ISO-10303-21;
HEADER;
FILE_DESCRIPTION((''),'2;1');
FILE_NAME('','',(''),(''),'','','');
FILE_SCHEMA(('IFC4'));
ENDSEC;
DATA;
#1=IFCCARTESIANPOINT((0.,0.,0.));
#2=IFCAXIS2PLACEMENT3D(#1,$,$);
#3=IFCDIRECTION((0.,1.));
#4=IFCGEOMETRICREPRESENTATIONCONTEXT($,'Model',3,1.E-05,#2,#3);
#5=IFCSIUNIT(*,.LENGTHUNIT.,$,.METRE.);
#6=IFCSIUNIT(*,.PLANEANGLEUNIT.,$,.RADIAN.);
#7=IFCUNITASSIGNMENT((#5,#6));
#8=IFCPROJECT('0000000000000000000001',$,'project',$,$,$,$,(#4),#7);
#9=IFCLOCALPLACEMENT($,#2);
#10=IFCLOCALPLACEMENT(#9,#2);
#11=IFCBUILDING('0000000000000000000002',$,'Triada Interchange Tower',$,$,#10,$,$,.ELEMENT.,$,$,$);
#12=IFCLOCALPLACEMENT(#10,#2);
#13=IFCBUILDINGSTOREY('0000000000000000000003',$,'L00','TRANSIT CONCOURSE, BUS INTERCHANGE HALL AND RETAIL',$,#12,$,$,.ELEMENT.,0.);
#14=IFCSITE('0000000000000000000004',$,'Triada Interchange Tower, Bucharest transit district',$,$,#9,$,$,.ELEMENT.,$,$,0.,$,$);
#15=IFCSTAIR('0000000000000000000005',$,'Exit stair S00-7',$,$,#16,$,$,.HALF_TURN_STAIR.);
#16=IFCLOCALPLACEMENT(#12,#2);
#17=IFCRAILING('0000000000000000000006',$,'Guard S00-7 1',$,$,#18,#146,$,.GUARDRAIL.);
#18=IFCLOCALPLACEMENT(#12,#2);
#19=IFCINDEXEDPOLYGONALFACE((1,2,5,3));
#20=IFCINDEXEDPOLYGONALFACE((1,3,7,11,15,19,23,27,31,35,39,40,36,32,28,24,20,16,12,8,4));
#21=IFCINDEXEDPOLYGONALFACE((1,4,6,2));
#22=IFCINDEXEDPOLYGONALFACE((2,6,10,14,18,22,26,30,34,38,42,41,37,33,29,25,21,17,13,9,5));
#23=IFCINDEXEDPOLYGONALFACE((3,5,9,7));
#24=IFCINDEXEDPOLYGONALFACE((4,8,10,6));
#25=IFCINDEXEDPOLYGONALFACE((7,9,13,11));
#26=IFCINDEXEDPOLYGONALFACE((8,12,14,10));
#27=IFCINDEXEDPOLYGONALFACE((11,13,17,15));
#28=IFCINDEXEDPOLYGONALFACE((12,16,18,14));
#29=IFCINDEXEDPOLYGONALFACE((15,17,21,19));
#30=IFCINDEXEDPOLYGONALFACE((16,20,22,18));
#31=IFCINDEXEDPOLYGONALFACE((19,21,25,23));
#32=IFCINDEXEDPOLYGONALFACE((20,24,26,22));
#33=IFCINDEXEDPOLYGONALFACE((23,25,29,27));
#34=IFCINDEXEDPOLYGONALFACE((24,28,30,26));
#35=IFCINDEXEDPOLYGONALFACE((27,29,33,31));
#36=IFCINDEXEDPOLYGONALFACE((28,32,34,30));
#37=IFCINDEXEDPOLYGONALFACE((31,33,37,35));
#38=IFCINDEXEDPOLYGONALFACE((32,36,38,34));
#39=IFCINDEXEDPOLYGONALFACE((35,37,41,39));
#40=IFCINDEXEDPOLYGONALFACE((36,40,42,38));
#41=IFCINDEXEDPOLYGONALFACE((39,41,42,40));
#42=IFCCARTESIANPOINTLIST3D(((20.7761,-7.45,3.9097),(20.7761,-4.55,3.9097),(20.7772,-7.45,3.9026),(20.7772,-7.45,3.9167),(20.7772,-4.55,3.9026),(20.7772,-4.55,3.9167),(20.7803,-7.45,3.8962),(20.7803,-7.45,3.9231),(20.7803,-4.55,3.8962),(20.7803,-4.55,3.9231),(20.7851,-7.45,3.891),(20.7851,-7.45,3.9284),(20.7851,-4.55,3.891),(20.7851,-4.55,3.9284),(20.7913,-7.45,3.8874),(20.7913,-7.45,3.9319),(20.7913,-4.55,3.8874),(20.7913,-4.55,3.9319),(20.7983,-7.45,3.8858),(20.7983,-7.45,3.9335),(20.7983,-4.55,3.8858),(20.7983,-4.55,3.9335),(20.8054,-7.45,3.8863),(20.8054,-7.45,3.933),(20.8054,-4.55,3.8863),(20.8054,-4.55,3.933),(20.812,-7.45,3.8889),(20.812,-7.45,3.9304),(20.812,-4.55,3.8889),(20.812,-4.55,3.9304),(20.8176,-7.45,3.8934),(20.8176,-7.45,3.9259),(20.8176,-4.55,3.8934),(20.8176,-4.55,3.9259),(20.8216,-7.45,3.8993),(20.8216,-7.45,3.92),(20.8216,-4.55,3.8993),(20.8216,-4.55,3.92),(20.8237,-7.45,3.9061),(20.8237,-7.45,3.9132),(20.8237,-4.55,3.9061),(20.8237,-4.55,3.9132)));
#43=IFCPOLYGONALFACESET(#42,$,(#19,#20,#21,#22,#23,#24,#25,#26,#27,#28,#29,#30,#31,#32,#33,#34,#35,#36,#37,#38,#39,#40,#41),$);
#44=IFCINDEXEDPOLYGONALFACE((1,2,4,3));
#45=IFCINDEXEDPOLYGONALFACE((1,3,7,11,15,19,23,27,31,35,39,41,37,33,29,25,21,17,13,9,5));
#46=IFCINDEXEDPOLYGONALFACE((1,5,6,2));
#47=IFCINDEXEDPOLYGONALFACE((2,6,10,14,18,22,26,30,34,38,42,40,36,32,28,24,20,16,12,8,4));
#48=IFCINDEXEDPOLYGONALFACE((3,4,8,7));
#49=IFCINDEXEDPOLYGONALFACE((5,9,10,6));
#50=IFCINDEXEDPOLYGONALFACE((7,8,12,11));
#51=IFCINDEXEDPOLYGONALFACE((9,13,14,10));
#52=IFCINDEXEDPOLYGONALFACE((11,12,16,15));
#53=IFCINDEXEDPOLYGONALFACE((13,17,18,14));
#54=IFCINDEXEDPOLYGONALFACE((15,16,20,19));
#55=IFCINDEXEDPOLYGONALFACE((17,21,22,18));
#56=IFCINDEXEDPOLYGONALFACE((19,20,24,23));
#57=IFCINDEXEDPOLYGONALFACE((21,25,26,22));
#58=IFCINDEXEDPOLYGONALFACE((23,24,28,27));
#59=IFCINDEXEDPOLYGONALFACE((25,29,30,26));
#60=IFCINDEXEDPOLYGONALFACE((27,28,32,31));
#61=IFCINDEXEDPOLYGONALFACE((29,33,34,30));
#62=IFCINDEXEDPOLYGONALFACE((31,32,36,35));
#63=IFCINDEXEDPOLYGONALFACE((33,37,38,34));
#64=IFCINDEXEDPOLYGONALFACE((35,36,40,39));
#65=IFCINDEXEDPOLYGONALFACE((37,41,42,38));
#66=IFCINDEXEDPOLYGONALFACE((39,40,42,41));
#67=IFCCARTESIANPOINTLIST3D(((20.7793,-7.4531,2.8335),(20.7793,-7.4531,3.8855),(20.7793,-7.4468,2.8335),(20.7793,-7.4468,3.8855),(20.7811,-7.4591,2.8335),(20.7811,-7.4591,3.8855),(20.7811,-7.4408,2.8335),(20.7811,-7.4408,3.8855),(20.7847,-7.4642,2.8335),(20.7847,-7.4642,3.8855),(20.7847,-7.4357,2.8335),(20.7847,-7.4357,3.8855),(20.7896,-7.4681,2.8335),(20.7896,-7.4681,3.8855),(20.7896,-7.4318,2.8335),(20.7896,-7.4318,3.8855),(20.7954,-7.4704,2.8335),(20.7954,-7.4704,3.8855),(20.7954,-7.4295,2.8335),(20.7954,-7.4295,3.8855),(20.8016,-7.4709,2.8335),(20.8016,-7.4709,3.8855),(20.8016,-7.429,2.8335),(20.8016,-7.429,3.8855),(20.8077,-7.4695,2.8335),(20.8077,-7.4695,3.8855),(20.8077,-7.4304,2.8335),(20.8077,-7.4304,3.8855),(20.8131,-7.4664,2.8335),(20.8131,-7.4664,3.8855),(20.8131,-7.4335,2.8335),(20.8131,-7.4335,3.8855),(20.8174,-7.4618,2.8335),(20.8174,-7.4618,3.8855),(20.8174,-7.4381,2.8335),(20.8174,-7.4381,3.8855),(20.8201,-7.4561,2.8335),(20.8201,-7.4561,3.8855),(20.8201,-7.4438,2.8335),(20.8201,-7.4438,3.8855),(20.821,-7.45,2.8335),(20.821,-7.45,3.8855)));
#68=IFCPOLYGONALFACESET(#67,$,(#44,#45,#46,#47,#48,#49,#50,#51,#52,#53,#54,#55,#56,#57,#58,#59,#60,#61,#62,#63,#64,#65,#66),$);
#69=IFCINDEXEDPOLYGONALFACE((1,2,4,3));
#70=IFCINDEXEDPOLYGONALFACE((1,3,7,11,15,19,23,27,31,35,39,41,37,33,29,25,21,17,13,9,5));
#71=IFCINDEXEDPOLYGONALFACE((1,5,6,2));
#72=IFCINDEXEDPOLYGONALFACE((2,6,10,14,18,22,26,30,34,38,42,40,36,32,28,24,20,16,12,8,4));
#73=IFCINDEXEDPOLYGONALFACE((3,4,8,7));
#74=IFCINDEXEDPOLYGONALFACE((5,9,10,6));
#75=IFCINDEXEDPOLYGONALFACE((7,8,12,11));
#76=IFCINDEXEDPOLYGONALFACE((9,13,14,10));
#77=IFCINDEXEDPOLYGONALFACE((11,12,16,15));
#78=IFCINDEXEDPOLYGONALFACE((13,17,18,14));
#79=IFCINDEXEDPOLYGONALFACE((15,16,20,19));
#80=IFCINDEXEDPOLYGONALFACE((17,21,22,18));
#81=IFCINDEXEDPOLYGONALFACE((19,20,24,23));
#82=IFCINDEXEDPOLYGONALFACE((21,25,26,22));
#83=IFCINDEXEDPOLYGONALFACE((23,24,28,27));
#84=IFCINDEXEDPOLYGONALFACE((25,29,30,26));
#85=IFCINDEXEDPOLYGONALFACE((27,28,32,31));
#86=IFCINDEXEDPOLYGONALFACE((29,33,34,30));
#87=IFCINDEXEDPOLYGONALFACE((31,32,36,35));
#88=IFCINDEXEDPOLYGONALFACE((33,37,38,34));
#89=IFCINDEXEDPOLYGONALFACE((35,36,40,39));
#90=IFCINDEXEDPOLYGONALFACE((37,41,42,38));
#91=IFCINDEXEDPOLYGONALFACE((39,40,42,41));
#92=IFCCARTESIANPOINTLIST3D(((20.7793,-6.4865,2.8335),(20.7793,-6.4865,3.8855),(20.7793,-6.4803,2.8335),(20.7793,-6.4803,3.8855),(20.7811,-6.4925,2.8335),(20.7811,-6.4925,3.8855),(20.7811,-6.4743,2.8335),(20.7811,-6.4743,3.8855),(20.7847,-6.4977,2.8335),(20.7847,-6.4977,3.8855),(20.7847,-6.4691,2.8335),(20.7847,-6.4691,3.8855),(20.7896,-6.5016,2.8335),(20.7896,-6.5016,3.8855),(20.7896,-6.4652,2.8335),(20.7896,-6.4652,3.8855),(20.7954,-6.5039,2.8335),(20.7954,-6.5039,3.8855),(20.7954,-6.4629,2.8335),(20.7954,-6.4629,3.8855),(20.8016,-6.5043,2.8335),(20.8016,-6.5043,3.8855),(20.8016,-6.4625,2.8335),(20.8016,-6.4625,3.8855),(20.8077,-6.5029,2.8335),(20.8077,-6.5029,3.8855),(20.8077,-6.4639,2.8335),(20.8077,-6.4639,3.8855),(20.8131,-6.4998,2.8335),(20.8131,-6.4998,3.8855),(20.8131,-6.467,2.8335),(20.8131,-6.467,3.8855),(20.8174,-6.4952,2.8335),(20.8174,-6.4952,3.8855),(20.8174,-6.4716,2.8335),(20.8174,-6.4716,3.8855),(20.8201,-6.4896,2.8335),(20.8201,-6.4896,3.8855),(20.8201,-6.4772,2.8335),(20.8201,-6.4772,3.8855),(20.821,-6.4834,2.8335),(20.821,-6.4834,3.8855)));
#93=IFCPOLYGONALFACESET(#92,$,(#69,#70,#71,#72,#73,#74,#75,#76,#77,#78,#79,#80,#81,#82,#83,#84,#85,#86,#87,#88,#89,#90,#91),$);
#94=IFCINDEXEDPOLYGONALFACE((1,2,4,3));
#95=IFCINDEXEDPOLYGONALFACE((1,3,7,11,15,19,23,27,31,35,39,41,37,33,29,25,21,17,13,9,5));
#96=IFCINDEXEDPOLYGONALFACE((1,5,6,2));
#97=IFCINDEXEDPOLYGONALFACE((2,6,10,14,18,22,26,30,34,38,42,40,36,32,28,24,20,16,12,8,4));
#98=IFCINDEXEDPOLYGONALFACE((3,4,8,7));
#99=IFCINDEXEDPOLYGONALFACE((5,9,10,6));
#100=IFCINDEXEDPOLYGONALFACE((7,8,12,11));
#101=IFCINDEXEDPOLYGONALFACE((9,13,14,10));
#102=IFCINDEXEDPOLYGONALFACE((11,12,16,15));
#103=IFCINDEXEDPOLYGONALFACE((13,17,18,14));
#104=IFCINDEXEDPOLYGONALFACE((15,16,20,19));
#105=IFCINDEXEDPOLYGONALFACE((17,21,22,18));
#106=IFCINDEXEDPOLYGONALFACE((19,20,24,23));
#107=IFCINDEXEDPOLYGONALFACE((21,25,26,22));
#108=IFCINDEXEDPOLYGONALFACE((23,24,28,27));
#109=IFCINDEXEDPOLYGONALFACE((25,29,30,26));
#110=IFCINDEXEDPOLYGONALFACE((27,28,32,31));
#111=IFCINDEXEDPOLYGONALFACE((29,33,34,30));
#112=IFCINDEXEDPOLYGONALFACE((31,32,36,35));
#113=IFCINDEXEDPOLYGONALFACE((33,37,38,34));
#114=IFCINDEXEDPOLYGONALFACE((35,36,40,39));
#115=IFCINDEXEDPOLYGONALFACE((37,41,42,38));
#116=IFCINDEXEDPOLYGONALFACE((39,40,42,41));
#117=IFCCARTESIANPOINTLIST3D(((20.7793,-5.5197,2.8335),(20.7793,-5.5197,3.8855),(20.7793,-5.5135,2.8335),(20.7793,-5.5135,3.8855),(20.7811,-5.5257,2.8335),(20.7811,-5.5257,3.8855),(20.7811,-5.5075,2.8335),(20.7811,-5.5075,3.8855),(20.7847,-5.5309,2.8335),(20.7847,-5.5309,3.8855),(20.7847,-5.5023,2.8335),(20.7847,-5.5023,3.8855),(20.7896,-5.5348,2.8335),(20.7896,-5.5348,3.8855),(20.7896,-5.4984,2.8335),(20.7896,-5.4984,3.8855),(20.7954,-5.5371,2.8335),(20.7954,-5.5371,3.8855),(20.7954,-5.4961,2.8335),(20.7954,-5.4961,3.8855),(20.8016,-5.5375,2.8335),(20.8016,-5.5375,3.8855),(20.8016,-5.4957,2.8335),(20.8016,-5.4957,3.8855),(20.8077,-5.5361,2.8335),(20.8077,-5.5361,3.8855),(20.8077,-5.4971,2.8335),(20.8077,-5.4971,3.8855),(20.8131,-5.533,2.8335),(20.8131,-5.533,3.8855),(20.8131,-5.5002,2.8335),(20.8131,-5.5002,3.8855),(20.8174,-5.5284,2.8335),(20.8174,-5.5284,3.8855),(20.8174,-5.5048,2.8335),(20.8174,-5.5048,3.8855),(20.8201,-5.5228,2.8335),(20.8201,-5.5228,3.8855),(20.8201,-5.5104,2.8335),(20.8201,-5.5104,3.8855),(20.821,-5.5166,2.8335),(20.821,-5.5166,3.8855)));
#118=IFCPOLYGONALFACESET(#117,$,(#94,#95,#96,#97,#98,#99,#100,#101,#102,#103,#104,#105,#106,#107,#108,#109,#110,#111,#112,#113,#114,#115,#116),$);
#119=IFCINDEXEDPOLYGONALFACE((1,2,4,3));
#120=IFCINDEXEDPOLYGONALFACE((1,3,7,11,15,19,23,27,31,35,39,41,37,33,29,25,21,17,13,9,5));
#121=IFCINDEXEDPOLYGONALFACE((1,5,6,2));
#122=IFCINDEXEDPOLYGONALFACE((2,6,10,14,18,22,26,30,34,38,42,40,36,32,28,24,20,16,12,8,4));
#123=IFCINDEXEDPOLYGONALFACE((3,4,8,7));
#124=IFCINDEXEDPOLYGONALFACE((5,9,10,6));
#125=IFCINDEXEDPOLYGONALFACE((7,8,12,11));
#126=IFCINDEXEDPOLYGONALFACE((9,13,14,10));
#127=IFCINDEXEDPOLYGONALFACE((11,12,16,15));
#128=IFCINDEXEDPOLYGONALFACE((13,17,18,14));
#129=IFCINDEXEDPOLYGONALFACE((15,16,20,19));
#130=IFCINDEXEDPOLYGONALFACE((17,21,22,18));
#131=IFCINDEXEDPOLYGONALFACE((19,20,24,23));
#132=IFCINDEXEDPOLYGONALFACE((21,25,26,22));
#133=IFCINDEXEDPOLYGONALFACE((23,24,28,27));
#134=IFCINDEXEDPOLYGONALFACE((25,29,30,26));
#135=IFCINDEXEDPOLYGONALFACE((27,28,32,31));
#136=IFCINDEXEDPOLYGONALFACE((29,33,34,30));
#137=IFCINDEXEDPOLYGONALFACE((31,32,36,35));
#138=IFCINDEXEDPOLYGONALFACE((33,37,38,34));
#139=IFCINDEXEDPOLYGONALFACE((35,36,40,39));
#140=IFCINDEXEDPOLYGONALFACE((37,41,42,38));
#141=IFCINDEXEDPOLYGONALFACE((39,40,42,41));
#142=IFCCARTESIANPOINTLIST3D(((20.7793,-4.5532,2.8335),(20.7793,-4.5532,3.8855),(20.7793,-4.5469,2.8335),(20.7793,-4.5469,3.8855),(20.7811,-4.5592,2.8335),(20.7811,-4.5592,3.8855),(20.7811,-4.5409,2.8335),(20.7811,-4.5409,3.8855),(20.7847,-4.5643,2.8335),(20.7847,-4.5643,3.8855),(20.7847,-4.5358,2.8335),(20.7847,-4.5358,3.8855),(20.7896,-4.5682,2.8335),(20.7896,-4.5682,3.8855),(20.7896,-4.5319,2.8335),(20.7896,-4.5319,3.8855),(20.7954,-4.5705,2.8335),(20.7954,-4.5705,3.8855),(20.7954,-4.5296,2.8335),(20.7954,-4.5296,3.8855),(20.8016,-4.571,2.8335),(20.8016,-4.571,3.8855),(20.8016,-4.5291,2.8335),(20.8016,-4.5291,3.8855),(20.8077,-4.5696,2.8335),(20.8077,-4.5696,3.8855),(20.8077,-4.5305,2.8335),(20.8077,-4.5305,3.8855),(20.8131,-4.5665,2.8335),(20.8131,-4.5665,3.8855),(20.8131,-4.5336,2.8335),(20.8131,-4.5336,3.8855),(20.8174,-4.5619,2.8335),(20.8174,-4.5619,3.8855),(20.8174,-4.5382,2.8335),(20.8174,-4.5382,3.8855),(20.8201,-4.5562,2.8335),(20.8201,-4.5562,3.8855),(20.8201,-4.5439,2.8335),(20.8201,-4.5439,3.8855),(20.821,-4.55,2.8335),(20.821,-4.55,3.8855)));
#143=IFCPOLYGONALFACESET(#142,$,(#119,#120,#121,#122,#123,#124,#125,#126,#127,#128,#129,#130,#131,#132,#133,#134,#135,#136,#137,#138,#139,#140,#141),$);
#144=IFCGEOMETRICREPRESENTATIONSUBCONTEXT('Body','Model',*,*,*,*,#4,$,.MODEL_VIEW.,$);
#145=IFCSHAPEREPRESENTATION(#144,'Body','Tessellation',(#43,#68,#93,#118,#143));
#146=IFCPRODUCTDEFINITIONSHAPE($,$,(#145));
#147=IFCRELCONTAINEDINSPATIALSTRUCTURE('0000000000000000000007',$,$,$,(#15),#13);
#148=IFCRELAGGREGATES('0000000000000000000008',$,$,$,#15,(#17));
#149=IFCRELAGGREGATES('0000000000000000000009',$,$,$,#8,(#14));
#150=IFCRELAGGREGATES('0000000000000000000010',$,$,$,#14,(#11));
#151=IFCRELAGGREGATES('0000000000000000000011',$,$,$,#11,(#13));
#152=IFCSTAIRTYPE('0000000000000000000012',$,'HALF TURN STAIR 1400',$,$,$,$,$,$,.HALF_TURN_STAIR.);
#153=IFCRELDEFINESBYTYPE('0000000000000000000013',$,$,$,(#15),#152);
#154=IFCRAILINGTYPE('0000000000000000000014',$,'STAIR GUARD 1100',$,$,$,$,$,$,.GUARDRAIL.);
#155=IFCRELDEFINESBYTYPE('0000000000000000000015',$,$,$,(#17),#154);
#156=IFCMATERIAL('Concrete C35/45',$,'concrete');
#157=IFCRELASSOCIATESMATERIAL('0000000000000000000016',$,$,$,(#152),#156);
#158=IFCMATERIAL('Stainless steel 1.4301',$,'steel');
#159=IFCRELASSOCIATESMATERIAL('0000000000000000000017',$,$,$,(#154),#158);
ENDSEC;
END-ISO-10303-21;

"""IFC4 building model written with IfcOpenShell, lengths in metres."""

from ifc_helpers import new_model, si_unit, direction, frame, origin, origin_2d, place, context, subcontext, project, spatial, circle, extrude, material, type_object, element, aggregate, save


model = new_model("IFC4")

# Units and contexts
model_context = context("Model", 3, precision=1e-05, world=origin(), true_north=direction((0.0, 1.0)))
body_context = subcontext(model_context, "Body", "Model", "MODEL_VIEW")
ifc_project = project(units=[si_unit("LENGTHUNIT", "METRE"), si_unit("PLANEANGLEUNIT", "RADIAN")], contexts=[model_context])

# Site, building, storey
site_placement = place(None, origin())
site = spatial("IfcSite", under=ifc_project, at=site_placement, Name="Triada Interchange Tower, Bucharest transit district", CompositionType="ELEMENT", RefElevation=0.0)
building_placement = place(site_placement, origin())
building = spatial("IfcBuilding", under=site, at=building_placement, Name="Triada Interchange Tower", CompositionType="ELEMENT")
storey_placement = place(building_placement, origin())
storey = spatial("IfcBuildingStorey", under=building, at=storey_placement, Name="L00", Description="TRANSIT CONCOURSE, BUS INTERCHANGE HALL AND RETAIL", CompositionType="ELEMENT", Elevation=0.0)

# Shared definitions
ifc_material_1 = material(Name="Concrete C35/45", Category="concrete")

# Stair, railing
stair_type = type_object("IfcStairType", Name="HALF TURN STAIR 1400", PredefinedType="HALF_TURN_STAIR", material=ifc_material_1)
stair_placement = place(storey_placement, origin())
stair = element("IfcStair", 1, at=stair_placement, inside=storey, type_object=stair_type, Name="Exit stair S00-7", PredefinedType="HALF_TURN_STAIR")
ifc_material_2 = material(Name="Stainless steel 1.4301", Category="steel")
railing_type_1 = type_object("IfcRailingType", Name="STAIR GUARD 1100", PredefinedType="GUARDRAIL", material=ifc_material_2)
railing_1_placement = place(storey_placement, frame((20.8, -7.45, 2.8335)))
railing_1 = element("IfcRailing", 2, at=railing_1_placement, type_object=railing_type_1, Name="Guard S00-7 1", PredefinedType="GUARDRAIL", context=body_context, shape_type="SweptSolid", body=[
    extrude(circle(Radius=0.0239, at=origin_2d()), frame((0.0, 0.0, 1.0762), z_axis=(0.0, 1.0, 0.0), x_axis=(-1.0, 0.0, 0.0)), (0.0, 0.0, 1.0), 2.8999),
    extrude(circle(Radius=0.021, at=origin_2d()), origin(), (0.0, 0.0, 1.0), 1.052),
    extrude(circle(Radius=0.021, at=origin_2d()), frame((0.0, 0.9666, 0.0)), (0.0, 0.0, 1.0), 1.052),
    extrude(circle(Radius=0.021, at=origin_2d()), frame((0.0, 1.9333, 0.0)), (0.0, 0.0, 1.0), 1.052),
    extrude(circle(Radius=0.021, at=origin_2d()), frame((0.0, 2.8999, 0.0)), (0.0, 0.0, 1.0), 1.052),
])
aggregate(stair, [railing_1])

save(model, "model.ifc")
